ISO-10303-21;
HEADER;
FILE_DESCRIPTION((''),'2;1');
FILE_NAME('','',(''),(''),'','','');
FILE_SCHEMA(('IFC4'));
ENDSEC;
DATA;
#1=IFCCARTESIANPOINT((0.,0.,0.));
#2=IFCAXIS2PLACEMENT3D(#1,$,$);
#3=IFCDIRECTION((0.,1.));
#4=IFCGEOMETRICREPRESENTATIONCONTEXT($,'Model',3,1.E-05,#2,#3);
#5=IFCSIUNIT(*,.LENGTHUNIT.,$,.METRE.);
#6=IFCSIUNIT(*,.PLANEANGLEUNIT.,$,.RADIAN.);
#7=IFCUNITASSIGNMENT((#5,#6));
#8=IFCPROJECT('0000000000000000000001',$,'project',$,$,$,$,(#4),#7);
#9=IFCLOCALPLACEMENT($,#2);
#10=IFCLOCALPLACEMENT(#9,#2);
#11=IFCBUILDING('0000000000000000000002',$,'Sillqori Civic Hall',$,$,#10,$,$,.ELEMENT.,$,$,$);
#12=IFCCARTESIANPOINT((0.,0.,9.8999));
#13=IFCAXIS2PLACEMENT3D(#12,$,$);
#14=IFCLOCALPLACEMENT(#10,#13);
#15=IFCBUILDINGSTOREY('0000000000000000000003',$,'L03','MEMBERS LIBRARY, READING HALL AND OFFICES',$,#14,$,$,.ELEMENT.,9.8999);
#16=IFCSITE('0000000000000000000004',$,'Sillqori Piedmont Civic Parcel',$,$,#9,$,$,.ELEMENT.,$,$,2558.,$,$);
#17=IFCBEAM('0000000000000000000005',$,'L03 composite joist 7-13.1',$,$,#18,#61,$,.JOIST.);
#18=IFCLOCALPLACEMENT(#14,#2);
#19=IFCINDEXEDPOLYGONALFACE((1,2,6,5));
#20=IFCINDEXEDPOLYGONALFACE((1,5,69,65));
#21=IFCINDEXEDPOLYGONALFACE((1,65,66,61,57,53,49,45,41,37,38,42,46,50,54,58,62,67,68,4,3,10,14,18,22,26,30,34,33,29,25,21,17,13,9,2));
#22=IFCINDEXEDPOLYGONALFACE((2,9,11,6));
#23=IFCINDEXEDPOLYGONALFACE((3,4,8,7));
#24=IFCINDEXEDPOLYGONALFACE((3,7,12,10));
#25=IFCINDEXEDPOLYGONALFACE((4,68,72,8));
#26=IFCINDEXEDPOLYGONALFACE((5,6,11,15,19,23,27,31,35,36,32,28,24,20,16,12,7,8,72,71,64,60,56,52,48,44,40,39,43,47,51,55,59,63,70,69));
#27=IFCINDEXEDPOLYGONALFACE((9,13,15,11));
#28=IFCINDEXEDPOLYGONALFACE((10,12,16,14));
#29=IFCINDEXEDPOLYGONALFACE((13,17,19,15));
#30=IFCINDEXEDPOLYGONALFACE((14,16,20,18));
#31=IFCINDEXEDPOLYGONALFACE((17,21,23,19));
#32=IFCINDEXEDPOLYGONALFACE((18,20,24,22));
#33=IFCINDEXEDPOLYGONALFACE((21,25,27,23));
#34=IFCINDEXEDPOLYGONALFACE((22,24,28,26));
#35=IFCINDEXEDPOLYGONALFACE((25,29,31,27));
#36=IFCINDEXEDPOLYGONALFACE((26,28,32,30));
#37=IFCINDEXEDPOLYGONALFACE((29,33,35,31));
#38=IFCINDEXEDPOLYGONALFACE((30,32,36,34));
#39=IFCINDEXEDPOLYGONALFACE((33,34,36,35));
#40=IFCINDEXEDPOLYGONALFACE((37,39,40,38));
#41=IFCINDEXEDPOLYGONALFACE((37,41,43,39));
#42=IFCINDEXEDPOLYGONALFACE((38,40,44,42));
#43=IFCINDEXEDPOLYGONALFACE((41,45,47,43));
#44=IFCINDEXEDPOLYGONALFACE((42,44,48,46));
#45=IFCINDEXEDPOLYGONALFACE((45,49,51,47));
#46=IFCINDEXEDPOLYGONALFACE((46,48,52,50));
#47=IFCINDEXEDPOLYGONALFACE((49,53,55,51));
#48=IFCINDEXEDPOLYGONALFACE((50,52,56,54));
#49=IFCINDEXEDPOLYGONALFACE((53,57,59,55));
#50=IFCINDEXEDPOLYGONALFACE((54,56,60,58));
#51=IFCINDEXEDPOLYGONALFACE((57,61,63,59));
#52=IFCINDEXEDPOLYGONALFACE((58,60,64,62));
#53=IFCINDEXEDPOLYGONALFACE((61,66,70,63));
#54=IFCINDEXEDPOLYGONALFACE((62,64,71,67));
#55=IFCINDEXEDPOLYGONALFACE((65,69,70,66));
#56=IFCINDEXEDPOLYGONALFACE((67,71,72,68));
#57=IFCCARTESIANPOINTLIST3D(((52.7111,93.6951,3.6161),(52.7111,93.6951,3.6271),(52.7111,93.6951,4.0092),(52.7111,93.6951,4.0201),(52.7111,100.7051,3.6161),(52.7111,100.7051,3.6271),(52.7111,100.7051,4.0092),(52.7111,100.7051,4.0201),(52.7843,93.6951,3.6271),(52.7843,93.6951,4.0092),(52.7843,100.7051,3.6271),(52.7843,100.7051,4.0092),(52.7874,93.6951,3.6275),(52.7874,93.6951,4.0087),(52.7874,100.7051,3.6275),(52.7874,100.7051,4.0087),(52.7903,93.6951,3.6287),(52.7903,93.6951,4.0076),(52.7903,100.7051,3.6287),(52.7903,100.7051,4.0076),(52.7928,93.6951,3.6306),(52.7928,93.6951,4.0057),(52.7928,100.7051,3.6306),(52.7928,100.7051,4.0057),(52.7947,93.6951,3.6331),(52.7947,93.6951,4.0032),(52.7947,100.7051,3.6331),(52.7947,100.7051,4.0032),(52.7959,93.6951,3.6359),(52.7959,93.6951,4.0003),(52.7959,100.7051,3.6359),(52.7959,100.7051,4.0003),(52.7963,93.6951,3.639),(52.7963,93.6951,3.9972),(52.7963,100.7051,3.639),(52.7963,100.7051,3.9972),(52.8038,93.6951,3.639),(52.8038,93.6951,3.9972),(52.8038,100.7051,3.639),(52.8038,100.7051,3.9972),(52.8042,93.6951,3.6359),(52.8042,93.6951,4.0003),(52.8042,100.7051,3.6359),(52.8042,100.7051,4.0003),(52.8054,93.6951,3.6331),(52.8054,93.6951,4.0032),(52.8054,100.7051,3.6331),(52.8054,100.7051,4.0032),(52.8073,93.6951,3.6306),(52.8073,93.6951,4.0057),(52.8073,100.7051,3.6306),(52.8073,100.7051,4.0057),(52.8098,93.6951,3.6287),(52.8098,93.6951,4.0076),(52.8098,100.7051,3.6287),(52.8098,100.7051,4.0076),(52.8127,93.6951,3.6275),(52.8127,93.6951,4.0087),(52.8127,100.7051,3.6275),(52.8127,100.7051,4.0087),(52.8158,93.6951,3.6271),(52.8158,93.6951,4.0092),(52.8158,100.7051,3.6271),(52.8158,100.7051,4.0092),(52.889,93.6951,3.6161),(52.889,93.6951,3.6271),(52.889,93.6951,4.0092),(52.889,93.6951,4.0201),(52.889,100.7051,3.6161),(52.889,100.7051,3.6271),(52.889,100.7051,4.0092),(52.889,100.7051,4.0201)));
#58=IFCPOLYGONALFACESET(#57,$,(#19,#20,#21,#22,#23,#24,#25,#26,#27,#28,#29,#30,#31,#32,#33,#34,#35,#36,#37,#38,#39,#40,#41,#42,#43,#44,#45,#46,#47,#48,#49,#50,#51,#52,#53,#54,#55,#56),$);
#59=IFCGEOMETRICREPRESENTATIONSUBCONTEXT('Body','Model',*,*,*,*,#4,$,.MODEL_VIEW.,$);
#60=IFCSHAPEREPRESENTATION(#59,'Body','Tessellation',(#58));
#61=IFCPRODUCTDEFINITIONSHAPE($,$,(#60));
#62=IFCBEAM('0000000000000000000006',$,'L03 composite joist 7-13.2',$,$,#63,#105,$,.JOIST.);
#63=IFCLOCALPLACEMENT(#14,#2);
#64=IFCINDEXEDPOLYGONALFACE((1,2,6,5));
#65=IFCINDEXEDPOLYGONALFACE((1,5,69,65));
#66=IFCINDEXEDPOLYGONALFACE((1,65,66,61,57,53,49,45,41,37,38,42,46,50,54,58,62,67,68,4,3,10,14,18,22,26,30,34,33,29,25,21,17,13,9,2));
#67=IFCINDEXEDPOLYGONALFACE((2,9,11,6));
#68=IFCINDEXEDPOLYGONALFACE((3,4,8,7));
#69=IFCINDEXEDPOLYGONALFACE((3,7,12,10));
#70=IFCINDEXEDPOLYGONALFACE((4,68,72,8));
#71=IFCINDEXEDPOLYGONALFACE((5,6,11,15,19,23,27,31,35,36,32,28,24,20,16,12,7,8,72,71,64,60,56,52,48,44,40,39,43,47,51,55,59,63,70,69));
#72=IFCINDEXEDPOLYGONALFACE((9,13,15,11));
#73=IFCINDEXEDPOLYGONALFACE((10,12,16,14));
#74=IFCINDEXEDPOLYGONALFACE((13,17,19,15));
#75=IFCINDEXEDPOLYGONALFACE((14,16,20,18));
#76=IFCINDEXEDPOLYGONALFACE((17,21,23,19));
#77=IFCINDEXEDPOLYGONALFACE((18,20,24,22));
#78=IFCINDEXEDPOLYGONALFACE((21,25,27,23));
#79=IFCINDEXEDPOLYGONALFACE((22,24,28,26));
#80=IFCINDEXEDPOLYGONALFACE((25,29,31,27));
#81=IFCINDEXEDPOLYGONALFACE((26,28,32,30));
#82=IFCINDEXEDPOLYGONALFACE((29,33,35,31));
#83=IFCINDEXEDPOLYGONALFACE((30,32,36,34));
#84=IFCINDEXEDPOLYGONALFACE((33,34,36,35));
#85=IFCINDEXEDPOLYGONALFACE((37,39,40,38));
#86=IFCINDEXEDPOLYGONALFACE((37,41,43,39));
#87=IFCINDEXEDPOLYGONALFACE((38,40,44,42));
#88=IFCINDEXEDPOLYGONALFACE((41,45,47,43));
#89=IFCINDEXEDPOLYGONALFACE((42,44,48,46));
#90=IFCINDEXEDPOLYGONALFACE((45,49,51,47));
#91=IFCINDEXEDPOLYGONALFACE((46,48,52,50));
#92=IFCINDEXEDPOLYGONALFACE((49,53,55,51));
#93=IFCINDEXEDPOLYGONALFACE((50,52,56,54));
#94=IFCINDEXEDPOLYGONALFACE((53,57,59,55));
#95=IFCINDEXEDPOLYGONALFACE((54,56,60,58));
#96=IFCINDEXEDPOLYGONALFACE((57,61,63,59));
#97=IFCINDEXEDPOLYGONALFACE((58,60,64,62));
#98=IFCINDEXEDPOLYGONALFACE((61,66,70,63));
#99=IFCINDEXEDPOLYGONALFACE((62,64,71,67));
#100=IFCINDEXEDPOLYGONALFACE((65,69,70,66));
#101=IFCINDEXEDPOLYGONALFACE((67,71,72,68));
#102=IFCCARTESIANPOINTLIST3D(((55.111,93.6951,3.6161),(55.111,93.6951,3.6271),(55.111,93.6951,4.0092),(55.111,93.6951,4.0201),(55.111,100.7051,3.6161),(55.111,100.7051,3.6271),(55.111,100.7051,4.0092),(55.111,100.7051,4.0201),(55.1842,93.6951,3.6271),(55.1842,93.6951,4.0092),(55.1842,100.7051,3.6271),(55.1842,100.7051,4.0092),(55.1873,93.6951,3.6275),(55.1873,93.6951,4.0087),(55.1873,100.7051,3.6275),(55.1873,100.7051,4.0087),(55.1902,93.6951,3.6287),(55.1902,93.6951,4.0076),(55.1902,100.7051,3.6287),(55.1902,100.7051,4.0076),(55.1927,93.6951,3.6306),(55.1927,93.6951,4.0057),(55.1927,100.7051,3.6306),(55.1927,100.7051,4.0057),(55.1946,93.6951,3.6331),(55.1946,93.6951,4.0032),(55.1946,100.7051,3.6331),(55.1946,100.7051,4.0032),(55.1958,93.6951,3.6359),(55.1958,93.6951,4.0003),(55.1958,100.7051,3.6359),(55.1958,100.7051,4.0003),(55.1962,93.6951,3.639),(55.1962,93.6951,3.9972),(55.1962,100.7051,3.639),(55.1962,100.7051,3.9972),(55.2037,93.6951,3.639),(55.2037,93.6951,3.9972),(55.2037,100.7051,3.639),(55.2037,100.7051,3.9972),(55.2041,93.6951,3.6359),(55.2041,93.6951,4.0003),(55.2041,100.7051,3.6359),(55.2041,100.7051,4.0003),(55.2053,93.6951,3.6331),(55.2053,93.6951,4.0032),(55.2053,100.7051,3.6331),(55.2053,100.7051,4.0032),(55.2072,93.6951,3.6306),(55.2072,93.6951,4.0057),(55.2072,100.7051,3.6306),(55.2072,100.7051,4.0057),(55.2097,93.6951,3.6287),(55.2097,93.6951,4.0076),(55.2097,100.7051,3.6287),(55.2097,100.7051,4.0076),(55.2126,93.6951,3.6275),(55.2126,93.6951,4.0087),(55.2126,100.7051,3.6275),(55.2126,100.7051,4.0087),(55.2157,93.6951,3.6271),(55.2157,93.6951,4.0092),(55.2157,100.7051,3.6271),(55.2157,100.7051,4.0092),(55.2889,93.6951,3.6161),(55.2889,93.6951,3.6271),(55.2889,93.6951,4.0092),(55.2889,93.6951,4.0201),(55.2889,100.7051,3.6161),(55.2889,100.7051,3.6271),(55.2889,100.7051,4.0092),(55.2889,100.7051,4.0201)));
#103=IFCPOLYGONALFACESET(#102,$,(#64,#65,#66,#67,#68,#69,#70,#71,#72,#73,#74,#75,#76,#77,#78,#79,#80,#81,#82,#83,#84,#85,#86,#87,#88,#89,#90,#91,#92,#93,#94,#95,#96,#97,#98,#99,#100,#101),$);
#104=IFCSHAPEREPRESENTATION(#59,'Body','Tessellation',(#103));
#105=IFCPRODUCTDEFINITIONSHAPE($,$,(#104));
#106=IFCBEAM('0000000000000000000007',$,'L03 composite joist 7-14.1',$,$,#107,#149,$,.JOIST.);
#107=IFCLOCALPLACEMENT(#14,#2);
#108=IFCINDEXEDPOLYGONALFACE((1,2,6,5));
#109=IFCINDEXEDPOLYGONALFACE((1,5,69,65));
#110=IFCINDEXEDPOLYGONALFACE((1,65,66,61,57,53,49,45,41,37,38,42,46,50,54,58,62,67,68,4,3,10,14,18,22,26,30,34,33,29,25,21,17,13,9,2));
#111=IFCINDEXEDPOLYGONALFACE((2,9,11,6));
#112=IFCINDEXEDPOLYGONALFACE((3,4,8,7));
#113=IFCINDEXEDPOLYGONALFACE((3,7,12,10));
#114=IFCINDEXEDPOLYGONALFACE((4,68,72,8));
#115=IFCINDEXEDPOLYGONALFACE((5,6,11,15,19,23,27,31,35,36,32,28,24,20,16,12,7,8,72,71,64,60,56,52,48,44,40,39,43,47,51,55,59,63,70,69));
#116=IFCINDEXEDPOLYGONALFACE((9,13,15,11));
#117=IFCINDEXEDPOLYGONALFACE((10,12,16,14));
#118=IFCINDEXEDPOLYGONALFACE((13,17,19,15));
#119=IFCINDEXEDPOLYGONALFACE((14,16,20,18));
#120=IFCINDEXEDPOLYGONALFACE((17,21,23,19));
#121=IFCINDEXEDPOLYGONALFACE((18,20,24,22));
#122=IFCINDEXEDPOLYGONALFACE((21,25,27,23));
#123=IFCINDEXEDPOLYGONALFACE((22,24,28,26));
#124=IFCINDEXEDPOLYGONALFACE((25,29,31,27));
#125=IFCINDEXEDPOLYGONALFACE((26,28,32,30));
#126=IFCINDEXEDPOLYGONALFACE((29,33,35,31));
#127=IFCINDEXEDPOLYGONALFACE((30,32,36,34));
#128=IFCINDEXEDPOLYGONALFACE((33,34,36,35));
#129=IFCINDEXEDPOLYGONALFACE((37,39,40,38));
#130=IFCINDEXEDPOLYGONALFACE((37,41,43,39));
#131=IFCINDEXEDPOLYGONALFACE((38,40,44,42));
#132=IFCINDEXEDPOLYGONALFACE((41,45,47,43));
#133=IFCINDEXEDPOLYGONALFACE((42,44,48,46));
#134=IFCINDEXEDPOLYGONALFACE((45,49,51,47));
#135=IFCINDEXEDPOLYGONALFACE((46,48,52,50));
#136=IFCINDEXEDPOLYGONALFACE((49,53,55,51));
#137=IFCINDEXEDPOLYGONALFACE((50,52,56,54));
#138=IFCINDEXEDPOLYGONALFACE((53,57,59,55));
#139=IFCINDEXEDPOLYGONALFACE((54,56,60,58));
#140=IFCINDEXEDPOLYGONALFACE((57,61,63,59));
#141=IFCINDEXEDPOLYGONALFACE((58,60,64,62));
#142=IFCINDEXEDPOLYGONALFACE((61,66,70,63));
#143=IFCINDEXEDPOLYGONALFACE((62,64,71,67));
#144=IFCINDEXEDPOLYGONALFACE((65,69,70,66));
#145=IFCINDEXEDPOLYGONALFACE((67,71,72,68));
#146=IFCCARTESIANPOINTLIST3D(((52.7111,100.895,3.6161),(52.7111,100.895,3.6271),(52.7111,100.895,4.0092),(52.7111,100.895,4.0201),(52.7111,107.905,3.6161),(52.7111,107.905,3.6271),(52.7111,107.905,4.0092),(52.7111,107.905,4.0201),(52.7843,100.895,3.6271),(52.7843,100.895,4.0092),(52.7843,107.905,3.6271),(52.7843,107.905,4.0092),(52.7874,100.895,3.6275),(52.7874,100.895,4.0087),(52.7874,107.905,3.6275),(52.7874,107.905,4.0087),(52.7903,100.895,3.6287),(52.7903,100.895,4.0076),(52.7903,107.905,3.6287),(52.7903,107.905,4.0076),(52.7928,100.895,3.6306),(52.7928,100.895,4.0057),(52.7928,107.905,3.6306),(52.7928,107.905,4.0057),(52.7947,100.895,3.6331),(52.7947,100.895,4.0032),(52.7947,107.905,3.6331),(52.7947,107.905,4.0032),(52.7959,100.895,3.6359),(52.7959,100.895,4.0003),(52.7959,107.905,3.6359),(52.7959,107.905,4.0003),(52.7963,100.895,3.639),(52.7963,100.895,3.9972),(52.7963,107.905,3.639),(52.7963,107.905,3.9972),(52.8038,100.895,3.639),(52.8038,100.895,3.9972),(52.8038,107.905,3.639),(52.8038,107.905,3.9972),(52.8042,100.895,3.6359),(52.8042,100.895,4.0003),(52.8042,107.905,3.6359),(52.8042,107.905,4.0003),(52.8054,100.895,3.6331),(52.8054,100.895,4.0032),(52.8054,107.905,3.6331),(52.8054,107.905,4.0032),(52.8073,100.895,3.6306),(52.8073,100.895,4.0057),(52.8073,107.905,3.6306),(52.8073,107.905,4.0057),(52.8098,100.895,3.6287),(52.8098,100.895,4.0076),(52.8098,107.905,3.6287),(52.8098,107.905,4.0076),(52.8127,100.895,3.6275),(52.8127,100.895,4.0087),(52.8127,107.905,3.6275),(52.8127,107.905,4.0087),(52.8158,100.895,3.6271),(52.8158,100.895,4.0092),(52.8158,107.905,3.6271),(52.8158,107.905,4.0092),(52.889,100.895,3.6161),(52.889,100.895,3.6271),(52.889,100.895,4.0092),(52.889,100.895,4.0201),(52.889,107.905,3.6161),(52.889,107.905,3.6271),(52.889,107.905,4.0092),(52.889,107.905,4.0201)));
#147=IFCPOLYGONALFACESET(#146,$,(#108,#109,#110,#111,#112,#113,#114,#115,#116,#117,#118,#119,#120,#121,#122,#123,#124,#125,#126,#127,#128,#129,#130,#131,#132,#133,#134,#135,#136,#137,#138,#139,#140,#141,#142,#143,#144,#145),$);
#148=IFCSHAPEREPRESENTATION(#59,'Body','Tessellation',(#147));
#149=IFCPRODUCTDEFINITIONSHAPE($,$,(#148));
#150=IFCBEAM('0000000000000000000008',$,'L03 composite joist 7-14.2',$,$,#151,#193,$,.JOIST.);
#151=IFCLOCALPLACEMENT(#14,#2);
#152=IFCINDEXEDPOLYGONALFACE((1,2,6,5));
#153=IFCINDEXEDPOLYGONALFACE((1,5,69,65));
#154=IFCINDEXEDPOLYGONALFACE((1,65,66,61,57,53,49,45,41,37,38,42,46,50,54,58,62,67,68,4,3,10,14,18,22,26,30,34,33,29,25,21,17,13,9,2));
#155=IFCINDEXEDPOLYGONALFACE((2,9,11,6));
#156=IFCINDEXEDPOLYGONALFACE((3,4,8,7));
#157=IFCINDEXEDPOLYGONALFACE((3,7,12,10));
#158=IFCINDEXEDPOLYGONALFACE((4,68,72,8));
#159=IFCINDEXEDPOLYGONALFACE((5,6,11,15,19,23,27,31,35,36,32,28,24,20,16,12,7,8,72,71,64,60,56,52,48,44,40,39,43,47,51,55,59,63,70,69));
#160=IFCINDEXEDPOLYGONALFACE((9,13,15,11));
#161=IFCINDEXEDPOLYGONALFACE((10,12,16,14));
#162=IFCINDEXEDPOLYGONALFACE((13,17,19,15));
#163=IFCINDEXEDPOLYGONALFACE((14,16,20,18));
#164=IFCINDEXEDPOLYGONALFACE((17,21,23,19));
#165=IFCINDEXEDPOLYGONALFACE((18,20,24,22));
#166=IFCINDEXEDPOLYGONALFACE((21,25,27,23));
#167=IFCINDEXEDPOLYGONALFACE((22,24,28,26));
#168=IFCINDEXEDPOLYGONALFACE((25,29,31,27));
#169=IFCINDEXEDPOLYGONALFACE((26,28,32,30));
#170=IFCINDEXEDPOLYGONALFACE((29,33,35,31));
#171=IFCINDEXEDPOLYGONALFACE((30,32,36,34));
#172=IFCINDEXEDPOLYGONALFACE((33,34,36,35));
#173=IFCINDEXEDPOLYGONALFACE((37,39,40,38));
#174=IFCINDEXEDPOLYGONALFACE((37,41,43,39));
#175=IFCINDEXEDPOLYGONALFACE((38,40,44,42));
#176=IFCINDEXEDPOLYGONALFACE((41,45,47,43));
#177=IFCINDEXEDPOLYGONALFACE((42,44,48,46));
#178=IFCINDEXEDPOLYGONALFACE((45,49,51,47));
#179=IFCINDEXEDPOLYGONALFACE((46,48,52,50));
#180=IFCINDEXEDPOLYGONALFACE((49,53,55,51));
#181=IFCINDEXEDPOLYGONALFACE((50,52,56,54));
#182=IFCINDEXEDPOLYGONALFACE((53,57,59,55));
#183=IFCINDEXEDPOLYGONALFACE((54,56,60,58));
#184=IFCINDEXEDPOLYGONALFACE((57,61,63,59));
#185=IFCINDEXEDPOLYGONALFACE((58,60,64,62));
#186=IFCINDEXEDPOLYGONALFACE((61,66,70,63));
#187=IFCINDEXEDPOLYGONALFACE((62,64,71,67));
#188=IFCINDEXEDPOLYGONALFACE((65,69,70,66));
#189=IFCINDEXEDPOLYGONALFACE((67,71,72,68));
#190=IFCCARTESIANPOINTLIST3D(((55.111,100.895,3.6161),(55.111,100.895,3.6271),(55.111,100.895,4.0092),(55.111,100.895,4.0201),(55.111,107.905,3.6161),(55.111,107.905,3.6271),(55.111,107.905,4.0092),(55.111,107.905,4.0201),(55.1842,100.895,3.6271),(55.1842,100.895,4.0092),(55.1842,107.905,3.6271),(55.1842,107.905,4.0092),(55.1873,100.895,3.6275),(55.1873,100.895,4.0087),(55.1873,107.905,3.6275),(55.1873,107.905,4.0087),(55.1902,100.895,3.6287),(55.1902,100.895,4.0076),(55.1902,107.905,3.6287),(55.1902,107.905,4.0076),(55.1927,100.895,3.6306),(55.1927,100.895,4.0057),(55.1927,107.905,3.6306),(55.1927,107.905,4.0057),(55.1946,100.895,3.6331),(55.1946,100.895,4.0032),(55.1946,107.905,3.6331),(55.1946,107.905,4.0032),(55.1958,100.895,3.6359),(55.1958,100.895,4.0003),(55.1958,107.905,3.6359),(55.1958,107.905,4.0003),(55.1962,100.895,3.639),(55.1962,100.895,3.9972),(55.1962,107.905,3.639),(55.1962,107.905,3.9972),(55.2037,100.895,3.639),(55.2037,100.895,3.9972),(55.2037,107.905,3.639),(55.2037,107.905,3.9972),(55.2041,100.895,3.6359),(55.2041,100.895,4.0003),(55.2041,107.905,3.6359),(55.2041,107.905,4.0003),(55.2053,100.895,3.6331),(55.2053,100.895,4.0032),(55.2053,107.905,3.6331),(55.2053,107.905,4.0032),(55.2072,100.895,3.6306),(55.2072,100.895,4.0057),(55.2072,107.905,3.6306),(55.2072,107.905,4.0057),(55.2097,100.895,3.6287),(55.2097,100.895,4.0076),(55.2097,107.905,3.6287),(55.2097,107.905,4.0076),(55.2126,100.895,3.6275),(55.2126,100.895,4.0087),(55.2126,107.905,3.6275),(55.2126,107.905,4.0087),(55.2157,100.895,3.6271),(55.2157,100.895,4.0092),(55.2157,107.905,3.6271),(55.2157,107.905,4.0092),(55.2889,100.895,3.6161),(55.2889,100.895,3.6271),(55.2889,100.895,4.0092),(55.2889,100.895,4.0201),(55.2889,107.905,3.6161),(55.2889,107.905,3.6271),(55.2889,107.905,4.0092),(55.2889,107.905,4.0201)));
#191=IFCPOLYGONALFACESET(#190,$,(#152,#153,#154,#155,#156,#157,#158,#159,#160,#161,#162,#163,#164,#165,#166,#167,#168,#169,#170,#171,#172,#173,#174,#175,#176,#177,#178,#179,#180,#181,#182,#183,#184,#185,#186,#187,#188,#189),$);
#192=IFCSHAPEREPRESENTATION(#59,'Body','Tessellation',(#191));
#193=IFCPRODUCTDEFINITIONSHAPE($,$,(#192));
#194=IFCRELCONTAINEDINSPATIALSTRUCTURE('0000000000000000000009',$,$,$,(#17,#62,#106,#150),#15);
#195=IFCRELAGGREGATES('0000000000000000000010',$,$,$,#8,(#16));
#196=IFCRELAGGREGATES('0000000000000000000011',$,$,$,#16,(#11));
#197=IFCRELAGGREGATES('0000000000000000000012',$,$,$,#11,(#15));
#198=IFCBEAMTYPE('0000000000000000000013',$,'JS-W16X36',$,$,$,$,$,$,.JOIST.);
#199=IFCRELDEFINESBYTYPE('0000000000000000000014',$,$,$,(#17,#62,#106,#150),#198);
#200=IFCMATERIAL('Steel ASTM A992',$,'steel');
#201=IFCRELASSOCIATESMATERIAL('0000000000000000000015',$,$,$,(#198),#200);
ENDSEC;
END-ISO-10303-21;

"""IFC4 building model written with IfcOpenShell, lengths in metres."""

from ifc_helpers import new_model, si_unit, direction, frame, origin, origin_2d, place, context, subcontext, project, spatial, i_section, extrude, material, material_profile, profile_set, type_object, element, save


model = new_model("IFC4")

# Units and contexts
model_context = context("Model", 3, precision=1e-05, world=origin(), true_north=direction((0.0, 1.0)))
body_context = subcontext(model_context, "Body", "Model", "MODEL_VIEW")
ifc_project = project(units=[si_unit("LENGTHUNIT", "METRE"), si_unit("PLANEANGLEUNIT", "RADIAN")], contexts=[model_context])

# Site, building, storey
site_placement = place(None, origin())
site = spatial("IfcSite", under=ifc_project, at=site_placement, Name="Sillqori Piedmont Civic Parcel", CompositionType="ELEMENT", RefElevation=2558.0)
building_placement = place(site_placement, origin())
building = spatial("IfcBuilding", under=site, at=building_placement, Name="Sillqori Civic Hall", CompositionType="ELEMENT")
storey_placement = place(building_placement, frame((0.0, 0.0, 9.8999)))
storey = spatial("IfcBuildingStorey", under=building, at=storey_placement, Name="L03", Description="MEMBERS LIBRARY, READING HALL AND OFFICES", CompositionType="ELEMENT", Elevation=9.8999)

# Shared definitions
ifc_material_1 = material(Name="Steel ASTM A992", Category="steel")

# Beams
ifc_material_profile_1 = material_profile(ifc_material_1, i_section(OverallWidth=0.178, OverallDepth=0.4041, WebThickness=0.0076, FlangeThickness=0.011, FilletRadius=0.012, at=origin_2d()), Name="W16X36")
ifc_profile_set_1 = profile_set([ifc_material_profile_1], Name="Steel ASTM A992")
beam_type_1 = type_object("IfcBeamType", Name="JS-W16X36", PredefinedType="JOIST", material=ifc_profile_set_1)
for number, where, z_axis, x_axis, name in (
    (1, (52.8, 93.6951, 3.8181), (0.0, 1.0, 0.0), (-1.0, 0.0, 0.0), "L03 composite joist 7-13.1"),
    (2, (55.2, 93.6951, 3.8181), (0.0, 1.0, 0.0), (-1.0, 0.0, 0.0), "L03 composite joist 7-13.2"),
    (3, (52.8, 100.895, 3.8181), (0.0, 1.0, 0.0), (-1.0, 0.0, 0.0), "L03 composite joist 7-14.1"),
    (4, (55.2, 100.895, 3.8181), (0.0, 1.0, 0.0), (-1.0, 0.0, 0.0), "L03 composite joist 7-14.2"),
):
    element("IfcBeam", number, at=place(storey_placement, frame(where, z_axis=z_axis, x_axis=x_axis)), inside=storey, type_object=beam_type_1, Name=name, PredefinedType="JOIST", context=body_context, shape_type="SweptSolid", body=[
        extrude(i_section(OverallWidth=0.178, OverallDepth=0.4041, WebThickness=0.0076, FlangeThickness=0.011, FilletRadius=0.012, at=origin_2d()), origin(), (0.0, 0.0, 1.0), 7.01),
    ])

save(model, "model.ifc")
